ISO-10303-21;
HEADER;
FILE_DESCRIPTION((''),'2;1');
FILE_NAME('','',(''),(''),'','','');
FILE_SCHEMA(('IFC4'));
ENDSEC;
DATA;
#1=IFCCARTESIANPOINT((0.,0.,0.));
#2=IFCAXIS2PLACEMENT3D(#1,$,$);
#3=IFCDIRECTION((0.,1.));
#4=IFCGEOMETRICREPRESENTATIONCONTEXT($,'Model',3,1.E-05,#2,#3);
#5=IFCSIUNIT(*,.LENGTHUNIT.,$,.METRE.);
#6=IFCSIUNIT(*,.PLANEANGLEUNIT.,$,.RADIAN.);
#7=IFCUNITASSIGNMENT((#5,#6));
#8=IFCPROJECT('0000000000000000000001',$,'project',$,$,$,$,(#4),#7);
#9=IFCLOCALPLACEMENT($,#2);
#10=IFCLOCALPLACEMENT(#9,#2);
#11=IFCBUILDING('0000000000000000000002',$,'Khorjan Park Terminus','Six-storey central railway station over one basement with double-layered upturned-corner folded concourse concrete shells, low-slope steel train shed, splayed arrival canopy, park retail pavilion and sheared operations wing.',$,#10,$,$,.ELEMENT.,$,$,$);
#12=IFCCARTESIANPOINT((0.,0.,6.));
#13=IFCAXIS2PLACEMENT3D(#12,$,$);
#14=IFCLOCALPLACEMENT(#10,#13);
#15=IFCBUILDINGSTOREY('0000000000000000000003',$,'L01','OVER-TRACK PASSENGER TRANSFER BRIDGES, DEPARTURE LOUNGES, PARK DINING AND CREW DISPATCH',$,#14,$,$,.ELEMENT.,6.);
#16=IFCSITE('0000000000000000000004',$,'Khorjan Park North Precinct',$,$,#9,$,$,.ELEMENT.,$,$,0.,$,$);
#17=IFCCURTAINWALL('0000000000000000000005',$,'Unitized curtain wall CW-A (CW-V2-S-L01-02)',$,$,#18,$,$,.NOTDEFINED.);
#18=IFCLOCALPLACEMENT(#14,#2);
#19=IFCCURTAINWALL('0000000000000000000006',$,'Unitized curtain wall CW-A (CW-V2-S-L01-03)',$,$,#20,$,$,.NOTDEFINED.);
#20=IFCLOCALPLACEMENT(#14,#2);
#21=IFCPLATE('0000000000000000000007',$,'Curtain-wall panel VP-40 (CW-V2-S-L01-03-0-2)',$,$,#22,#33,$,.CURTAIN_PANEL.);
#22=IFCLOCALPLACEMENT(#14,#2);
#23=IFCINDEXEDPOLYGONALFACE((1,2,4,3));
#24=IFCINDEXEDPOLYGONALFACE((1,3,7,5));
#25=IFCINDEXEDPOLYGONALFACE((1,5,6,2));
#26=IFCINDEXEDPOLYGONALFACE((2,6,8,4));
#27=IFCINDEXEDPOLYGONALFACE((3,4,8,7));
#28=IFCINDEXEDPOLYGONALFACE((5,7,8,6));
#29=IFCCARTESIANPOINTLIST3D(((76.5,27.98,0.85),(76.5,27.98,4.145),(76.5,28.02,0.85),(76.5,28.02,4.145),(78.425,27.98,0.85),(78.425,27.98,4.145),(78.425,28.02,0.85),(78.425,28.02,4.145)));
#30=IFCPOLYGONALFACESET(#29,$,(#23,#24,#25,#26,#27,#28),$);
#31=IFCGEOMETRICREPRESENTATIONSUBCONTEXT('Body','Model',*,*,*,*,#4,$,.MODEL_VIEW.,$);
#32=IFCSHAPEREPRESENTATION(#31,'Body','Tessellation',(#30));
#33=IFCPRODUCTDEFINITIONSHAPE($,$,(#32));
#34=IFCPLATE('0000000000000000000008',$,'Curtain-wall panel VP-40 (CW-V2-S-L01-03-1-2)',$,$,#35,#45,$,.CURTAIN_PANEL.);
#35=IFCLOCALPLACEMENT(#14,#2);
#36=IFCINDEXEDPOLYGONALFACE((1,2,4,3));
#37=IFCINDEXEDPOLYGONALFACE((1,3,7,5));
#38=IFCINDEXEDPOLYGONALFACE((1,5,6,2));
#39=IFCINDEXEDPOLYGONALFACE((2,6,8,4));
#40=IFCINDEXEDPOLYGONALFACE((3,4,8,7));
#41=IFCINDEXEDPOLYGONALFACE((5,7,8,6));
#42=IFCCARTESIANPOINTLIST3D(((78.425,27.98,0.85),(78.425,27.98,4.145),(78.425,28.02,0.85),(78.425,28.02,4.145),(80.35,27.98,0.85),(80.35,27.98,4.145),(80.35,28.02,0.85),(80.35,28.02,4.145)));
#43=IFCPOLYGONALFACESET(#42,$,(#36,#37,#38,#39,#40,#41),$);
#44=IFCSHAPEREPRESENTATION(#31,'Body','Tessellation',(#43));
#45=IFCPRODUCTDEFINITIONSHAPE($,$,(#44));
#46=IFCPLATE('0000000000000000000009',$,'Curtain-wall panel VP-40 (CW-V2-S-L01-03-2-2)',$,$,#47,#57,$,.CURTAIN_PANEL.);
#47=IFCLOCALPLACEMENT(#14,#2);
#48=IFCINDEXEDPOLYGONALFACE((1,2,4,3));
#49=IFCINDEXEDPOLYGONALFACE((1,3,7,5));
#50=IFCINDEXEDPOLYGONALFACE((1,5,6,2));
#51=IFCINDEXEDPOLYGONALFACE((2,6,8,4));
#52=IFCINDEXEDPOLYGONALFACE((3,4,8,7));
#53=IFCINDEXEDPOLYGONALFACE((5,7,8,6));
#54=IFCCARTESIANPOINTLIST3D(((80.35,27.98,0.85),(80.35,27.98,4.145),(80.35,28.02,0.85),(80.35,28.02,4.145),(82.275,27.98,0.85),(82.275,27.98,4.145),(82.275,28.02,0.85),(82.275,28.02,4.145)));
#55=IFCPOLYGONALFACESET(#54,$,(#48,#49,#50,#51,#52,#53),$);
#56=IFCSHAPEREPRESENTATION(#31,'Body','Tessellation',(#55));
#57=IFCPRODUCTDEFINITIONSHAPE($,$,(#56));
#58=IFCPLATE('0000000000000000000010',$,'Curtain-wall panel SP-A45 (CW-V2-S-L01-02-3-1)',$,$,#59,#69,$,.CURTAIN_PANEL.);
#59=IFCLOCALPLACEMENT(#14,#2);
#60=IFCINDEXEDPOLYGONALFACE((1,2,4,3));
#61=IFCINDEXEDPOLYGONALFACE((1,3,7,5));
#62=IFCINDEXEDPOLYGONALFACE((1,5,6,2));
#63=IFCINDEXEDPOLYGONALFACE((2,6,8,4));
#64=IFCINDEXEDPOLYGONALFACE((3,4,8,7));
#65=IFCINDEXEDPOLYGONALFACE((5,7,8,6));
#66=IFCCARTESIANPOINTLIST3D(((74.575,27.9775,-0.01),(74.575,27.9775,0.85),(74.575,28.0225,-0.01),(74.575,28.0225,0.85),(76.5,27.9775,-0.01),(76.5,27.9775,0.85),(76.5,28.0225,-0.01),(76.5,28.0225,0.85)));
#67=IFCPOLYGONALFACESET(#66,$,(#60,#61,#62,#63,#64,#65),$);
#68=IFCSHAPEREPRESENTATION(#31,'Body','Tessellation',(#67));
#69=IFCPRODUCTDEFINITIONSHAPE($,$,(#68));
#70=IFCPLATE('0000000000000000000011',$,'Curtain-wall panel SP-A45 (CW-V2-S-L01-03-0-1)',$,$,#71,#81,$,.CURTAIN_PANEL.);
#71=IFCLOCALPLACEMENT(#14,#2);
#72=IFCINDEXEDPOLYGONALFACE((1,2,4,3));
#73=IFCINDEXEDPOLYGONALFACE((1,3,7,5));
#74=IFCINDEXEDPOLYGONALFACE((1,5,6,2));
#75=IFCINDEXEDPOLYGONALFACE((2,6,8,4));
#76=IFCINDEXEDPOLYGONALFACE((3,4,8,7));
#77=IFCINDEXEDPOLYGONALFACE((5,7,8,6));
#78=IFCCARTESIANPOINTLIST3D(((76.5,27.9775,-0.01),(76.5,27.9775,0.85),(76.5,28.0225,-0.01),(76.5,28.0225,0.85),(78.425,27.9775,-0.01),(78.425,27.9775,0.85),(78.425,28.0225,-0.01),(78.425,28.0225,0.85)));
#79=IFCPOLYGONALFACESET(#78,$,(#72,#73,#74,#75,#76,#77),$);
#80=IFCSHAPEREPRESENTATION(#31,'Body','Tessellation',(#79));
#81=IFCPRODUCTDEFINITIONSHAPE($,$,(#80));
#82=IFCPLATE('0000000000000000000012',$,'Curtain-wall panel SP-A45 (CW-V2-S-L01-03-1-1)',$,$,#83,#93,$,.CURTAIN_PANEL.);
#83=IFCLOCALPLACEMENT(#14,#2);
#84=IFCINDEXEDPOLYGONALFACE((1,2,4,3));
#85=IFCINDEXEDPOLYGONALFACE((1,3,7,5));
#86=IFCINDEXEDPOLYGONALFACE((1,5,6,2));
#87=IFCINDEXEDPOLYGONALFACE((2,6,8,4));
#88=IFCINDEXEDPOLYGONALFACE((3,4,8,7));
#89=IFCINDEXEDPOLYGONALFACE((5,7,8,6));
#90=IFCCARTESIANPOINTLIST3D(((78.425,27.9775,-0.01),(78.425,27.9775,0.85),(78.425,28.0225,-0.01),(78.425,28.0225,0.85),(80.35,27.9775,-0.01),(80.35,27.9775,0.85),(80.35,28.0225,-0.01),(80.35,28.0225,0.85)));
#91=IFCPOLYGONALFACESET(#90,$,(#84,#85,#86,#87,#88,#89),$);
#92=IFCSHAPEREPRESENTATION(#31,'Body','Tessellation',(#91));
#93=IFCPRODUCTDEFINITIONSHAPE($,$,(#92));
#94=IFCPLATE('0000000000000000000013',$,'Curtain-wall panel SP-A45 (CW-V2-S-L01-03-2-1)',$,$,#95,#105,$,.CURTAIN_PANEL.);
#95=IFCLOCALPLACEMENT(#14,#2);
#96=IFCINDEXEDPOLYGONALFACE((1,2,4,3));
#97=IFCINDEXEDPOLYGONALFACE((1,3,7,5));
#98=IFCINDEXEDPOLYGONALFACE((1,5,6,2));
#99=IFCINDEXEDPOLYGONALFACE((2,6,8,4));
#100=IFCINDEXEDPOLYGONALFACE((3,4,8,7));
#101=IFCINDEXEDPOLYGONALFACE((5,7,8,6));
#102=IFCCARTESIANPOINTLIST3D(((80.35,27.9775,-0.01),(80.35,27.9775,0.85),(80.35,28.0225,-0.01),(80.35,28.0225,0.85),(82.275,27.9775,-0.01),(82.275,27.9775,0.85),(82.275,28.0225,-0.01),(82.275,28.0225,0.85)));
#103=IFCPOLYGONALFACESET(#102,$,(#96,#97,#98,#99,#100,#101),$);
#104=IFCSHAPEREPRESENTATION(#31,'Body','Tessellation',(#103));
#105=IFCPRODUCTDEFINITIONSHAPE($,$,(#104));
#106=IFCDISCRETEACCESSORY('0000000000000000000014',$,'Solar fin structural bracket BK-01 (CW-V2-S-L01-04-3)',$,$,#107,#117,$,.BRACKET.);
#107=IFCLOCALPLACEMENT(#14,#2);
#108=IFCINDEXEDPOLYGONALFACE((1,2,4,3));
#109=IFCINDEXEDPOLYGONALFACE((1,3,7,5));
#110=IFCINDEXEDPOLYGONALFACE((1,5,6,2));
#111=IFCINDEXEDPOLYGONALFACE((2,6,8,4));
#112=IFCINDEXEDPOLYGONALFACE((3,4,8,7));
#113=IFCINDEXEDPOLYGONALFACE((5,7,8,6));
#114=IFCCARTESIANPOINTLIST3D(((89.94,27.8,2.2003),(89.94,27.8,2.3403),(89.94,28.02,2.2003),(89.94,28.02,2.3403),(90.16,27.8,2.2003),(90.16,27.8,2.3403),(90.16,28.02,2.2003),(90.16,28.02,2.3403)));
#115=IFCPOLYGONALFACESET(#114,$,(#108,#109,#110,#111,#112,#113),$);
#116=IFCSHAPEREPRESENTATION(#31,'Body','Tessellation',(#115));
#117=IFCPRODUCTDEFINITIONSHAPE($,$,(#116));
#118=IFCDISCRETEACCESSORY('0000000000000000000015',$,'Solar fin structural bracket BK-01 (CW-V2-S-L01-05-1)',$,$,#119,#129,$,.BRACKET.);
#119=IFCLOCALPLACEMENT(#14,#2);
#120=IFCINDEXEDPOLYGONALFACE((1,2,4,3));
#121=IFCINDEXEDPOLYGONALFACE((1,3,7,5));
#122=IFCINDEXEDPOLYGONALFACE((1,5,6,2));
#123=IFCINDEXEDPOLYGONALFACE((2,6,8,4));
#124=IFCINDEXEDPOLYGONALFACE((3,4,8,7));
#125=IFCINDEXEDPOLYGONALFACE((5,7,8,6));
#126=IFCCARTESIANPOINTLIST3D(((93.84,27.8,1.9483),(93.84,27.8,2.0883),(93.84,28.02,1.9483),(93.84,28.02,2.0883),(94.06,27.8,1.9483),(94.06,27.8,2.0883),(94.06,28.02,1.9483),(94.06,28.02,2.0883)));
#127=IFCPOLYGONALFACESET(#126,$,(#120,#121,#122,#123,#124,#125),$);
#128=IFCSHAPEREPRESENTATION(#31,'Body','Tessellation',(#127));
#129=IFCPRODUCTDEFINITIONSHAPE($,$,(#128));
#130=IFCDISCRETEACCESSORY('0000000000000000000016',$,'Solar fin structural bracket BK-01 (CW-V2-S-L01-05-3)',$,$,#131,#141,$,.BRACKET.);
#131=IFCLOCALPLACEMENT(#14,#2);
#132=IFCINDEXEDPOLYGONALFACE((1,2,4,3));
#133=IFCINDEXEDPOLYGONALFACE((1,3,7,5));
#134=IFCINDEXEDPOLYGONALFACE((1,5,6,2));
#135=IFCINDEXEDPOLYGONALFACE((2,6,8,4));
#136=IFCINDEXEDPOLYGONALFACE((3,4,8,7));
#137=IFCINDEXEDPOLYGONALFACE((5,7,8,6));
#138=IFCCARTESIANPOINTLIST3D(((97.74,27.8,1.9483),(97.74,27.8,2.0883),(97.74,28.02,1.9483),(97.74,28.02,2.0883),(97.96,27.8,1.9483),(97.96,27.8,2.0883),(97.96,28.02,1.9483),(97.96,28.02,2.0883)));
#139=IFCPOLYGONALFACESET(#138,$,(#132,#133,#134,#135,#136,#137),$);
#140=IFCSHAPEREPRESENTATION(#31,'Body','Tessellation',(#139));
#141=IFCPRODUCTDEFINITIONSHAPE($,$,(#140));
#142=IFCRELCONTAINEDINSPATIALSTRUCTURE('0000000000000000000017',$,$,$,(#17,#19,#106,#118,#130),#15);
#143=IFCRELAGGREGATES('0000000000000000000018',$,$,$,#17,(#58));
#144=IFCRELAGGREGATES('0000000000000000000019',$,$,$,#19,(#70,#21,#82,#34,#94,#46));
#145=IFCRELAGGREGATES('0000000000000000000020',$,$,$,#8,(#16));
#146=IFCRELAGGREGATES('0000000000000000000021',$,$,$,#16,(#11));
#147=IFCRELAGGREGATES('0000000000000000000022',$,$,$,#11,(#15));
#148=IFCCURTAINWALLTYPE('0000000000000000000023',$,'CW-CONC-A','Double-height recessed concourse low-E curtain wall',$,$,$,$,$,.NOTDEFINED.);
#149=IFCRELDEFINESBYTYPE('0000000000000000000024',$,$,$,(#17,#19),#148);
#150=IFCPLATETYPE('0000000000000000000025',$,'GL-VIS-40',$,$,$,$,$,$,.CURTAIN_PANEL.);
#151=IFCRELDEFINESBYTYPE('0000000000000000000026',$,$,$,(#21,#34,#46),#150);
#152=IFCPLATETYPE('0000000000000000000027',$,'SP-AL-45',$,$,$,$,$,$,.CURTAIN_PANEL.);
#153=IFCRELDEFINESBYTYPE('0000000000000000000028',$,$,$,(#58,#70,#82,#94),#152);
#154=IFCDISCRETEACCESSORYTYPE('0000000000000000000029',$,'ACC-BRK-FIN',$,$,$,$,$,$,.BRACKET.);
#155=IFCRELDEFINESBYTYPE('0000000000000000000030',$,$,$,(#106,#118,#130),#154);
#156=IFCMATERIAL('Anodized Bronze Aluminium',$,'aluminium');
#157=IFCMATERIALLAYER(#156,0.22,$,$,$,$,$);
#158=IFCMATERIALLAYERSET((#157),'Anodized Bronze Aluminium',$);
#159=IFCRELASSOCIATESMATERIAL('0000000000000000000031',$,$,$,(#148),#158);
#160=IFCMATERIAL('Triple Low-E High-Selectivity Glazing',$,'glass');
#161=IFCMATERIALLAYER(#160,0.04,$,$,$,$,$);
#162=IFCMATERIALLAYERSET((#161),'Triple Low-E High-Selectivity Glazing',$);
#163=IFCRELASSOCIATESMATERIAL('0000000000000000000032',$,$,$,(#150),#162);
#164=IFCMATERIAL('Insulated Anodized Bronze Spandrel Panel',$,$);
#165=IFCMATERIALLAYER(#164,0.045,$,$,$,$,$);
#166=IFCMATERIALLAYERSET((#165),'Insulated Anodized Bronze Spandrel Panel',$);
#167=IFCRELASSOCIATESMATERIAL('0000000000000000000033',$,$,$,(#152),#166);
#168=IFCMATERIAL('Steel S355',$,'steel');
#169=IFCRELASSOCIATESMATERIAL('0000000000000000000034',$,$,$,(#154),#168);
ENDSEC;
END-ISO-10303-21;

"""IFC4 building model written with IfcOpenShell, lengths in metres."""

from ifc_helpers import new_model, si_unit, direction, frame, origin, origin_2d, place, context, subcontext, project, spatial, rectangle, extrude, material, layer, layer_set, type_object, element, aggregate, save


model = new_model("IFC4")

# Units and contexts
model_context = context("Model", 3, precision=1e-05, world=origin(), true_north=direction((0.0, 1.0)))
body_context = subcontext(model_context, "Body", "Model", "MODEL_VIEW")
ifc_project = project(units=[si_unit("LENGTHUNIT", "METRE"), si_unit("PLANEANGLEUNIT", "RADIAN")], contexts=[model_context])

# Site, building, storey
site_placement = place(None, origin())
site = spatial("IfcSite", under=ifc_project, at=site_placement, Name="Khorjan Park North Precinct", CompositionType="ELEMENT", RefElevation=0.0)
building_placement = place(site_placement, origin())
building = spatial("IfcBuilding", under=site, at=building_placement, Name="Khorjan Park Terminus", Description="Six-storey central railway station over one basement with double-layered upturned-corner folded concourse concrete shells, low-slope steel train shed, splayed arrival canopy, park retail pavilion and sheared operations wing.", CompositionType="ELEMENT")
storey_placement = place(building_placement, frame((0.0, 0.0, 6.0)))
storey = spatial("IfcBuildingStorey", under=building, at=storey_placement, Name="L01", Description="OVER-TRACK PASSENGER TRANSFER BRIDGES, DEPARTURE LOUNGES, PARK DINING AND CREW DISPATCH", CompositionType="ELEMENT", Elevation=6.0)

# Curtain walls
ifc_material_1 = material(Name="Anodized Bronze Aluminium", Category="aluminium")
ifc_layer_1 = layer(ifc_material_1, 0.22)
ifc_layer_set_1 = layer_set([ifc_layer_1], Name="Anodized Bronze Aluminium")
curtain_wall_type = type_object("IfcCurtainWallType", Name="CW-CONC-A", Description="Double-height recessed concourse low-E curtain wall", PredefinedType="NOTDEFINED", material=ifc_layer_set_1)
curtain_wall_1_placement = place(storey_placement, origin())
curtain_wall_1 = element("IfcCurtainWall", 1, at=curtain_wall_1_placement, inside=storey, type_object=curtain_wall_type, Name="Unitized curtain wall CW-A (CW-V2-S-L01-02)", PredefinedType="NOTDEFINED")
curtain_wall_2_placement = place(storey_placement, origin())
curtain_wall_2 = element("IfcCurtainWall", 2, at=curtain_wall_2_placement, inside=storey, type_object=curtain_wall_type, Name="Unitized curtain wall CW-A (CW-V2-S-L01-03)", PredefinedType="NOTDEFINED")

# Plates
ifc_material_2 = material(Name="Triple Low-E High-Selectivity Glazing", Category="glass")
ifc_layer_2 = layer(ifc_material_2, 0.04)
ifc_layer_set_2 = layer_set([ifc_layer_2], Name="Triple Low-E High-Selectivity Glazing")
plate_type_1 = type_object("IfcPlateType", Name="GL-VIS-40", PredefinedType="CURTAIN_PANEL", material=ifc_layer_set_2)
plate_1_placement = place(storey_placement, frame((77.4625, 28.0, 0.85), z_axis=(0.0, 0.0, 1.0), x_axis=(1.0, 0.0, 0.0)))
plate_1 = element("IfcPlate", 3, at=plate_1_placement, type_object=plate_type_1, Name="Curtain-wall panel VP-40 (CW-V2-S-L01-03-0-2)", PredefinedType="CURTAIN_PANEL", context=body_context, shape_type="SweptSolid", body=[
    extrude(rectangle(XDim=1.925, YDim=0.04, at=origin_2d()), origin(), (0.0, 0.0, 1.0), 3.295),
])
plate_2_placement = place(storey_placement, frame((79.3875, 28.0, 0.85), z_axis=(0.0, 0.0, 1.0), x_axis=(1.0, 0.0, 0.0)))
plate_2 = element("IfcPlate", 4, at=plate_2_placement, type_object=plate_type_1, Name="Curtain-wall panel VP-40 (CW-V2-S-L01-03-1-2)", PredefinedType="CURTAIN_PANEL", context=body_context, shape_type="SweptSolid", body=[
    extrude(rectangle(XDim=1.925, YDim=0.04, at=origin_2d()), origin(), (0.0, 0.0, 1.0), 3.295),
])
plate_3_placement = place(storey_placement, frame((81.3125, 28.0, 0.85), z_axis=(0.0, 0.0, 1.0), x_axis=(1.0, 0.0, 0.0)))
plate_3 = element("IfcPlate", 5, at=plate_3_placement, type_object=plate_type_1, Name="Curtain-wall panel VP-40 (CW-V2-S-L01-03-2-2)", PredefinedType="CURTAIN_PANEL", context=body_context, shape_type="SweptSolid", body=[
    extrude(rectangle(XDim=1.925, YDim=0.04, at=origin_2d()), origin(), (0.0, 0.0, 1.0), 3.295),
])
ifc_material_3 = material(Name="Insulated Anodized Bronze Spandrel Panel")
ifc_layer_3 = layer(ifc_material_3, 0.045)
ifc_layer_set_3 = layer_set([ifc_layer_3], Name="Insulated Anodized Bronze Spandrel Panel")
plate_type_2 = type_object("IfcPlateType", Name="SP-AL-45", PredefinedType="CURTAIN_PANEL", material=ifc_layer_set_3)
plate_4_placement = place(storey_placement, frame((75.5375, 28.0, -0.01), z_axis=(0.0, 0.0, 1.0), x_axis=(1.0, 0.0, 0.0)))
plate_4 = element("IfcPlate", 6, at=plate_4_placement, type_object=plate_type_2, Name="Curtain-wall panel SP-A45 (CW-V2-S-L01-02-3-1)", PredefinedType="CURTAIN_PANEL", context=body_context, shape_type="SweptSolid", body=[
    extrude(rectangle(XDim=1.925, YDim=0.045, at=origin_2d()), origin(), (0.0, 0.0, 1.0), 0.86),
])
aggregate(curtain_wall_1, [plate_4])
plate_5_placement = place(storey_placement, frame((77.4625, 28.0, -0.01), z_axis=(0.0, 0.0, 1.0), x_axis=(1.0, 0.0, 0.0)))
plate_5 = element("IfcPlate", 7, at=plate_5_placement, type_object=plate_type_2, Name="Curtain-wall panel SP-A45 (CW-V2-S-L01-03-0-1)", PredefinedType="CURTAIN_PANEL", context=body_context, shape_type="SweptSolid", body=[
    extrude(rectangle(XDim=1.925, YDim=0.045, at=origin_2d()), origin(), (0.0, 0.0, 1.0), 0.86),
])
plate_6_placement = place(storey_placement, frame((79.3875, 28.0, -0.01), z_axis=(0.0, 0.0, 1.0), x_axis=(1.0, 0.0, 0.0)))
plate_6 = element("IfcPlate", 8, at=plate_6_placement, type_object=plate_type_2, Name="Curtain-wall panel SP-A45 (CW-V2-S-L01-03-1-1)", PredefinedType="CURTAIN_PANEL", context=body_context, shape_type="SweptSolid", body=[
    extrude(rectangle(XDim=1.925, YDim=0.045, at=origin_2d()), origin(), (0.0, 0.0, 1.0), 0.86),
])
plate_7_placement = place(storey_placement, frame((81.3125, 28.0, -0.01), z_axis=(0.0, 0.0, 1.0), x_axis=(1.0, 0.0, 0.0)))
plate_7 = element("IfcPlate", 9, at=plate_7_placement, type_object=plate_type_2, Name="Curtain-wall panel SP-A45 (CW-V2-S-L01-03-2-1)", PredefinedType="CURTAIN_PANEL", context=body_context, shape_type="SweptSolid", body=[
    extrude(rectangle(XDim=1.925, YDim=0.045, at=origin_2d()), origin(), (0.0, 0.0, 1.0), 0.86),
])
aggregate(curtain_wall_2, [plate_5, plate_1, plate_6, plate_2, plate_7, plate_3])

# Discrete accessories
ifc_material_4 = material(Name="Steel S355", Category="steel")
discrete_accessory_type = type_object("IfcDiscreteAccessoryType", Name="ACC-BRK-FIN", PredefinedType="BRACKET", material=ifc_material_4)
for number, where, z_axis, x_axis, name in (
    (10, (90.05, 27.91, 2.2003), (0.0, 0.0, 1.0), (1.0, 0.0, 0.0), "Solar fin structural bracket BK-01 (CW-V2-S-L01-04-3)"),
    (11, (93.95, 27.91, 1.9483), (0.0, 0.0, 1.0), (1.0, 0.0, 0.0), "Solar fin structural bracket BK-01 (CW-V2-S-L01-05-1)"),
    (12, (97.85, 27.91, 1.9483), (0.0, 0.0, 1.0), (1.0, 0.0, 0.0), "Solar fin structural bracket BK-01 (CW-V2-S-L01-05-3)"),
):
    element("IfcDiscreteAccessory", number, at=place(storey_placement, frame(where, z_axis=z_axis, x_axis=x_axis)), inside=storey, type_object=discrete_accessory_type, Name=name, PredefinedType="BRACKET", context=body_context, shape_type="SweptSolid", body=[
        extrude(rectangle(XDim=0.22, YDim=0.22, at=origin_2d()), origin(), (0.0, 0.0, 1.0), 0.14),
    ])

save(model, "model.ifc")
